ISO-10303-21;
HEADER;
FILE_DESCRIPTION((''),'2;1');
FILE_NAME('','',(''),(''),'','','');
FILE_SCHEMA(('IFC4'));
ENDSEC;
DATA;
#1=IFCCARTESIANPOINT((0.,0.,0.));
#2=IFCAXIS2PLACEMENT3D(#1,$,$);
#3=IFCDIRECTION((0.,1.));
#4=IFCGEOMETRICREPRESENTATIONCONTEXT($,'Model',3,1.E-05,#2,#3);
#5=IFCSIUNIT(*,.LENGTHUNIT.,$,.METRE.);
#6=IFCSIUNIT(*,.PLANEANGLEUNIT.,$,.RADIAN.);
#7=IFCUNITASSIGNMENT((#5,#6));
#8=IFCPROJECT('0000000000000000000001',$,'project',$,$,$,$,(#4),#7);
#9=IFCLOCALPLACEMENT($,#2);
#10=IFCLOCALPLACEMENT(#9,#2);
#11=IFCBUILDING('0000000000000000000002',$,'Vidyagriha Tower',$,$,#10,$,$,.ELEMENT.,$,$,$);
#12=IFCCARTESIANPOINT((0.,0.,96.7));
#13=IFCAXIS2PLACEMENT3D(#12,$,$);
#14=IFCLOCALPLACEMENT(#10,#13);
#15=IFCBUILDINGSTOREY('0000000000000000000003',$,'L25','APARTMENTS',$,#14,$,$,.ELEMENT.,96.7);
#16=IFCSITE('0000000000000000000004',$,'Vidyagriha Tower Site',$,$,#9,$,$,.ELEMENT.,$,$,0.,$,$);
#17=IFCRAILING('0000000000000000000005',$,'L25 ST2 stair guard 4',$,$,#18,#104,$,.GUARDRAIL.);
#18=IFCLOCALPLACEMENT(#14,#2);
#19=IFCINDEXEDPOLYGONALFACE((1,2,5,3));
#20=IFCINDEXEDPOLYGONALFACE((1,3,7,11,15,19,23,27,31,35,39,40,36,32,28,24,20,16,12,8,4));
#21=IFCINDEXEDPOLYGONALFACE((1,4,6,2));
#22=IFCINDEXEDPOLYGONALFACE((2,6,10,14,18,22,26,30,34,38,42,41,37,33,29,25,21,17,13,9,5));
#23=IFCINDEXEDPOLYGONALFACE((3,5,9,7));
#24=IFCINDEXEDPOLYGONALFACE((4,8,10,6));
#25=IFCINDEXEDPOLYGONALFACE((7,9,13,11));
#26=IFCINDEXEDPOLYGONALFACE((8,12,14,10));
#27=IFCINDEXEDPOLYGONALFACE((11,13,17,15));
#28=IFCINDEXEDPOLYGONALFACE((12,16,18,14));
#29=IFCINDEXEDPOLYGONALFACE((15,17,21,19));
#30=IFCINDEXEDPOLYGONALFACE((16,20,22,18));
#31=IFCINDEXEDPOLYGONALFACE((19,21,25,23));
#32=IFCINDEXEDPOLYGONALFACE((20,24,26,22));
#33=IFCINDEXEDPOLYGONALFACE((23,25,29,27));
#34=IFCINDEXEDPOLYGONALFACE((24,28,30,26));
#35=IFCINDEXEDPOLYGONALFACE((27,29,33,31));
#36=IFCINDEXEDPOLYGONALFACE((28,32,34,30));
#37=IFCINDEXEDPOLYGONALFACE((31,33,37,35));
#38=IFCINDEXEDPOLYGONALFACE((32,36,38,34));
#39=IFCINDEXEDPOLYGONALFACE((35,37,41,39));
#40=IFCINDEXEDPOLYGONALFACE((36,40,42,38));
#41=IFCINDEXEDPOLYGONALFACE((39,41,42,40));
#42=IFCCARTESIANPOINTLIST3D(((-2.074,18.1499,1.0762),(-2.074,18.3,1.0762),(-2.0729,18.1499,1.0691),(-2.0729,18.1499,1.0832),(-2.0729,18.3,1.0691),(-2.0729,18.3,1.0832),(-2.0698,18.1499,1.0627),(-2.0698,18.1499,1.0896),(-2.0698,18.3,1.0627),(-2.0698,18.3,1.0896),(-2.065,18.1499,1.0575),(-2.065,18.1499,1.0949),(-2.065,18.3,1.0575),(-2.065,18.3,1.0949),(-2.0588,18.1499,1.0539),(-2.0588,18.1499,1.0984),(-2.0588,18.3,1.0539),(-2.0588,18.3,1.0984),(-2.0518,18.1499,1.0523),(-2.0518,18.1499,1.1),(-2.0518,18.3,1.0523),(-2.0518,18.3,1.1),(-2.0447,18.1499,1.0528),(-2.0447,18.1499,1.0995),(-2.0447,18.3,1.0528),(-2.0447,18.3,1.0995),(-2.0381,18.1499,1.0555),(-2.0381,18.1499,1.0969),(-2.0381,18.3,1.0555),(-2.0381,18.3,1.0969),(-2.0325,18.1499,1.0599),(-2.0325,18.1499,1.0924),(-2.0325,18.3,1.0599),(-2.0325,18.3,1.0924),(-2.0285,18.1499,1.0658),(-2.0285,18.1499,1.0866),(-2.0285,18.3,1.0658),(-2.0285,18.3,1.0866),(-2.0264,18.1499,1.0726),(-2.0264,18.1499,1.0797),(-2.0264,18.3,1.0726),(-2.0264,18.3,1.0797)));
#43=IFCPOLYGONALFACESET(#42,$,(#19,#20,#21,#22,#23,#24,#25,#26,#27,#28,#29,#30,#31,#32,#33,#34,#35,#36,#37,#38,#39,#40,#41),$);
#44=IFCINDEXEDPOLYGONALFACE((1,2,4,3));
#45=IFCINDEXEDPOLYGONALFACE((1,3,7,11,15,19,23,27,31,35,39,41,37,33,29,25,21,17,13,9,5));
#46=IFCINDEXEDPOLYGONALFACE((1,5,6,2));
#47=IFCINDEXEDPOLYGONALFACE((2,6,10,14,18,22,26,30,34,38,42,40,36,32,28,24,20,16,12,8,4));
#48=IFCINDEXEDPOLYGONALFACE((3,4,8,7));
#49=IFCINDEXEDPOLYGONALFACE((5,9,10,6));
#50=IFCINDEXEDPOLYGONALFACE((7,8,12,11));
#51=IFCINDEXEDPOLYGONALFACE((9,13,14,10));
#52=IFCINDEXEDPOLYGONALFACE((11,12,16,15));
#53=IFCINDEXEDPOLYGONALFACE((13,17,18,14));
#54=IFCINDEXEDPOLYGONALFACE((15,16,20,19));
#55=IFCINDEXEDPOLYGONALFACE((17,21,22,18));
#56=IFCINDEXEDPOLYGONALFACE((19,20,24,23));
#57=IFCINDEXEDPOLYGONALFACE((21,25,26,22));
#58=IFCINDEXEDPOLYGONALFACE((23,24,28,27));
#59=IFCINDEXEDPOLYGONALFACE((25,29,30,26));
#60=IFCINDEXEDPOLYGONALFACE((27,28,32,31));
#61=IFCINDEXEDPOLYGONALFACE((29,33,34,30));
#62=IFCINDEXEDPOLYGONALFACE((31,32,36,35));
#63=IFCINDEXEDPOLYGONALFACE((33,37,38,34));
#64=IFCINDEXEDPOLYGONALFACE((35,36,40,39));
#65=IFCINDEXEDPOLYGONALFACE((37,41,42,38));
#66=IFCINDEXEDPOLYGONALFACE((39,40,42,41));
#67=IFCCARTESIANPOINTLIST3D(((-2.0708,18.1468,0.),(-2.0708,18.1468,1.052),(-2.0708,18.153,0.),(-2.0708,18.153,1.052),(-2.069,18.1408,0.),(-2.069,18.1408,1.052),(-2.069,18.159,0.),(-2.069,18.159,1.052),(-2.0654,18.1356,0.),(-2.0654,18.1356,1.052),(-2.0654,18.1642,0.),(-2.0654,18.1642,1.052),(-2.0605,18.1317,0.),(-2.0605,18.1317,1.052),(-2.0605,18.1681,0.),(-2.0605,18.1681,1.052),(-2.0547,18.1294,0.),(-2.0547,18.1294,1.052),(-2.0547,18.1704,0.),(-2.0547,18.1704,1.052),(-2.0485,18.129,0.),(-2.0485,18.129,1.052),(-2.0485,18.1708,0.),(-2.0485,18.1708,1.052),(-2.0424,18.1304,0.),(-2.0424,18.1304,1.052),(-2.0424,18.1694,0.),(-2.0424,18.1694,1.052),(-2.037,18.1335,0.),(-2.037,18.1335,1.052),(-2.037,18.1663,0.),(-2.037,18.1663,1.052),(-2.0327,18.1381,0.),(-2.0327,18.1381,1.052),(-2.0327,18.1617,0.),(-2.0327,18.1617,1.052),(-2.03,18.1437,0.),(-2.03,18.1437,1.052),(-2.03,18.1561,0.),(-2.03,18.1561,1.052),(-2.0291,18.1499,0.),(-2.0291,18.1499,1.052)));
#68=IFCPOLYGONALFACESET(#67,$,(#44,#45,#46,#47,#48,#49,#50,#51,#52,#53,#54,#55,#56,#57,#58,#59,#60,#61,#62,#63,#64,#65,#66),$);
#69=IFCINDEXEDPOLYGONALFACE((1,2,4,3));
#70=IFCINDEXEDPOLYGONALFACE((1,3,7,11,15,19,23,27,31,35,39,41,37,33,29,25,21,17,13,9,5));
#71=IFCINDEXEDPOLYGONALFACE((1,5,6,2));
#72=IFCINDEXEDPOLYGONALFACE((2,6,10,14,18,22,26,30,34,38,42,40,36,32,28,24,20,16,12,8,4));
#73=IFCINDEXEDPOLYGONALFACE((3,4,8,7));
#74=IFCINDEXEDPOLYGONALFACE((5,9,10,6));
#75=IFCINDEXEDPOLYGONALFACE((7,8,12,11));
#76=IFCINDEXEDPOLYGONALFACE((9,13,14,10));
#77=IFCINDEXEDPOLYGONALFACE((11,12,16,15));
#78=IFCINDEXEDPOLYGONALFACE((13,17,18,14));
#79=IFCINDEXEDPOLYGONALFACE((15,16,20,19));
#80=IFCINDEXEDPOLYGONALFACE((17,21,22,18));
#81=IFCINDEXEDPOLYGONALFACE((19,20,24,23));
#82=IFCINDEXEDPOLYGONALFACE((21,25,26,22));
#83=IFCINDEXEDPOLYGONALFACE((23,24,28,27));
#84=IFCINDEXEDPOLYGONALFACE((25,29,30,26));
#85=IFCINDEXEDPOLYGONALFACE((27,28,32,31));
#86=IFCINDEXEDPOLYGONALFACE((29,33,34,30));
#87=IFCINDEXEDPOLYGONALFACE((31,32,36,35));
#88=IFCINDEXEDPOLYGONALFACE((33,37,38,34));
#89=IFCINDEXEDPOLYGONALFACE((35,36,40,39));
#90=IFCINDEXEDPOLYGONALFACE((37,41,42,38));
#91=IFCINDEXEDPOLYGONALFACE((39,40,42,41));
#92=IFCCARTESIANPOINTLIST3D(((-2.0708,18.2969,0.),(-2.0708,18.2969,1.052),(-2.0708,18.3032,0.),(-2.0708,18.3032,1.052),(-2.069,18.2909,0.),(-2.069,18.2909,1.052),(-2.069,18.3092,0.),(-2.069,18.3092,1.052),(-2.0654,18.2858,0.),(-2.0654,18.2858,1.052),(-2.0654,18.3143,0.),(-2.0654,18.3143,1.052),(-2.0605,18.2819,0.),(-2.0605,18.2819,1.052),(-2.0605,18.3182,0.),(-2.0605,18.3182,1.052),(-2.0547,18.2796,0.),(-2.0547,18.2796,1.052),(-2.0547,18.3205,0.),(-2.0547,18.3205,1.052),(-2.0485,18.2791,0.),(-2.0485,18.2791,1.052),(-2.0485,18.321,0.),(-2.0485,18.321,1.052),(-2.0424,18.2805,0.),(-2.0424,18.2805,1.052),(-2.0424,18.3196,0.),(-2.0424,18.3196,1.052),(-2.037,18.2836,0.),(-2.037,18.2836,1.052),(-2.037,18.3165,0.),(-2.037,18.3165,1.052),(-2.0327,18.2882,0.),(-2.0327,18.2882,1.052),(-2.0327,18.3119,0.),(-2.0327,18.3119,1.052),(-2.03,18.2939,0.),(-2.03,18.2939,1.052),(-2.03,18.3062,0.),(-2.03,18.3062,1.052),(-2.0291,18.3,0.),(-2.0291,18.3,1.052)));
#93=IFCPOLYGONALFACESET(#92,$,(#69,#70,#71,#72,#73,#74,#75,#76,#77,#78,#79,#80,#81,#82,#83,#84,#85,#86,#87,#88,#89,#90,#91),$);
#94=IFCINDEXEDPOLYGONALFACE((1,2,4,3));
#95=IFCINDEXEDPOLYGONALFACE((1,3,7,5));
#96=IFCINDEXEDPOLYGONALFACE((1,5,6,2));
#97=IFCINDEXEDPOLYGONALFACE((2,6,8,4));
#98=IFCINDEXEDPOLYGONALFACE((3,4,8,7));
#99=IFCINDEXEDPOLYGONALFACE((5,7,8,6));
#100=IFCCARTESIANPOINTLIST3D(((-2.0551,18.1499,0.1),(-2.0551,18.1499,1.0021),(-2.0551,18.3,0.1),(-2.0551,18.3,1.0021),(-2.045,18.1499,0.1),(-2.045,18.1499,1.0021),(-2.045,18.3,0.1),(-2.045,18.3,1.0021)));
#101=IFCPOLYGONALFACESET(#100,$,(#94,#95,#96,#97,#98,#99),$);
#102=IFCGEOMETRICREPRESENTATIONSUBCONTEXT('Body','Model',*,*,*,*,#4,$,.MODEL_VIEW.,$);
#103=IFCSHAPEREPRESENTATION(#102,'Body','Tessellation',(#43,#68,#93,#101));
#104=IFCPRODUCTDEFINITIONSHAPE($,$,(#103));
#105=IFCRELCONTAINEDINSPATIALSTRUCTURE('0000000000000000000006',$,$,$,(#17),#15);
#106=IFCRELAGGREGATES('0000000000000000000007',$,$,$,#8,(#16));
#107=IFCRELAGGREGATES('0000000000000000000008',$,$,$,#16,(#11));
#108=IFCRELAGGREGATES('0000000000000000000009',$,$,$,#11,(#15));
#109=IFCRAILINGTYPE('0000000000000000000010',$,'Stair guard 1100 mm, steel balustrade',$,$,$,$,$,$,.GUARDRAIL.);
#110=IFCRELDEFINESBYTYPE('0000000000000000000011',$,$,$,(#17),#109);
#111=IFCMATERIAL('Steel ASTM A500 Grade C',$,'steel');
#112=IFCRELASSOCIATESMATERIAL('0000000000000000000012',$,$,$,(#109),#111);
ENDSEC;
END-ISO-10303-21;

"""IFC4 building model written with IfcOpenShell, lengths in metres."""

from ifc_helpers import new_model, si_unit, direction, frame, origin, origin_2d, place, context, subcontext, project, spatial, rectangle, circle, extrude, material, type_object, element, save


model = new_model("IFC4")

# Units and contexts
model_context = context("Model", 3, precision=1e-05, world=origin(), true_north=direction((0.0, 1.0)))
body_context = subcontext(model_context, "Body", "Model", "MODEL_VIEW")
ifc_project = project(units=[si_unit("LENGTHUNIT", "METRE"), si_unit("PLANEANGLEUNIT", "RADIAN")], contexts=[model_context])

# Site, building, storey
site_placement = place(None, origin())
site = spatial("IfcSite", under=ifc_project, at=site_placement, Name="Vidyagriha Tower Site", CompositionType="ELEMENT", RefElevation=0.0)
building_placement = place(site_placement, origin())
building = spatial("IfcBuilding", under=site, at=building_placement, Name="Vidyagriha Tower", CompositionType="ELEMENT")
storey_placement = place(building_placement, frame((0.0, 0.0, 96.7)))
storey = spatial("IfcBuildingStorey", under=building, at=storey_placement, Name="L25", Description="APARTMENTS", CompositionType="ELEMENT", Elevation=96.7)

# Railing
ifc_material_1 = material(Name="Steel ASTM A500 Grade C", Category="steel")
railing_type_1 = type_object("IfcRailingType", Name="Stair guard 1100 mm, steel balustrade", PredefinedType="GUARDRAIL", material=ifc_material_1)
railing_1_placement = place(storey_placement, frame((-2.05, 18.1499, 0.0)))
element("IfcRailing", 1, at=railing_1_placement, inside=storey, type_object=railing_type_1, Name="L25 ST2 stair guard 4", PredefinedType="GUARDRAIL", context=body_context, shape_type="SweptSolid", body=[
    extrude(circle(Radius=0.0239, at=origin_2d()), frame((0.0, 0.0, 1.0762), z_axis=(0.0, 1.0, 0.0), x_axis=(-1.0, 0.0, 0.0)), (0.0, 0.0, 1.0), 0.1501),
    extrude(circle(Radius=0.021, at=origin_2d()), origin(), (0.0, 0.0, 1.0), 1.052),
    extrude(circle(Radius=0.021, at=origin_2d()), frame((0.0, 0.1501, 0.0)), (0.0, 0.0, 1.0), 1.052),
    extrude(rectangle(XDim=0.01, YDim=0.9021, at=origin_2d()), frame((0.0, 0.0, 0.551), z_axis=(0.0, 1.0, 0.0), x_axis=(-1.0, 0.0, 0.0)), (0.0, 0.0, 1.0), 0.1501),
])

save(model, "model.ifc")
